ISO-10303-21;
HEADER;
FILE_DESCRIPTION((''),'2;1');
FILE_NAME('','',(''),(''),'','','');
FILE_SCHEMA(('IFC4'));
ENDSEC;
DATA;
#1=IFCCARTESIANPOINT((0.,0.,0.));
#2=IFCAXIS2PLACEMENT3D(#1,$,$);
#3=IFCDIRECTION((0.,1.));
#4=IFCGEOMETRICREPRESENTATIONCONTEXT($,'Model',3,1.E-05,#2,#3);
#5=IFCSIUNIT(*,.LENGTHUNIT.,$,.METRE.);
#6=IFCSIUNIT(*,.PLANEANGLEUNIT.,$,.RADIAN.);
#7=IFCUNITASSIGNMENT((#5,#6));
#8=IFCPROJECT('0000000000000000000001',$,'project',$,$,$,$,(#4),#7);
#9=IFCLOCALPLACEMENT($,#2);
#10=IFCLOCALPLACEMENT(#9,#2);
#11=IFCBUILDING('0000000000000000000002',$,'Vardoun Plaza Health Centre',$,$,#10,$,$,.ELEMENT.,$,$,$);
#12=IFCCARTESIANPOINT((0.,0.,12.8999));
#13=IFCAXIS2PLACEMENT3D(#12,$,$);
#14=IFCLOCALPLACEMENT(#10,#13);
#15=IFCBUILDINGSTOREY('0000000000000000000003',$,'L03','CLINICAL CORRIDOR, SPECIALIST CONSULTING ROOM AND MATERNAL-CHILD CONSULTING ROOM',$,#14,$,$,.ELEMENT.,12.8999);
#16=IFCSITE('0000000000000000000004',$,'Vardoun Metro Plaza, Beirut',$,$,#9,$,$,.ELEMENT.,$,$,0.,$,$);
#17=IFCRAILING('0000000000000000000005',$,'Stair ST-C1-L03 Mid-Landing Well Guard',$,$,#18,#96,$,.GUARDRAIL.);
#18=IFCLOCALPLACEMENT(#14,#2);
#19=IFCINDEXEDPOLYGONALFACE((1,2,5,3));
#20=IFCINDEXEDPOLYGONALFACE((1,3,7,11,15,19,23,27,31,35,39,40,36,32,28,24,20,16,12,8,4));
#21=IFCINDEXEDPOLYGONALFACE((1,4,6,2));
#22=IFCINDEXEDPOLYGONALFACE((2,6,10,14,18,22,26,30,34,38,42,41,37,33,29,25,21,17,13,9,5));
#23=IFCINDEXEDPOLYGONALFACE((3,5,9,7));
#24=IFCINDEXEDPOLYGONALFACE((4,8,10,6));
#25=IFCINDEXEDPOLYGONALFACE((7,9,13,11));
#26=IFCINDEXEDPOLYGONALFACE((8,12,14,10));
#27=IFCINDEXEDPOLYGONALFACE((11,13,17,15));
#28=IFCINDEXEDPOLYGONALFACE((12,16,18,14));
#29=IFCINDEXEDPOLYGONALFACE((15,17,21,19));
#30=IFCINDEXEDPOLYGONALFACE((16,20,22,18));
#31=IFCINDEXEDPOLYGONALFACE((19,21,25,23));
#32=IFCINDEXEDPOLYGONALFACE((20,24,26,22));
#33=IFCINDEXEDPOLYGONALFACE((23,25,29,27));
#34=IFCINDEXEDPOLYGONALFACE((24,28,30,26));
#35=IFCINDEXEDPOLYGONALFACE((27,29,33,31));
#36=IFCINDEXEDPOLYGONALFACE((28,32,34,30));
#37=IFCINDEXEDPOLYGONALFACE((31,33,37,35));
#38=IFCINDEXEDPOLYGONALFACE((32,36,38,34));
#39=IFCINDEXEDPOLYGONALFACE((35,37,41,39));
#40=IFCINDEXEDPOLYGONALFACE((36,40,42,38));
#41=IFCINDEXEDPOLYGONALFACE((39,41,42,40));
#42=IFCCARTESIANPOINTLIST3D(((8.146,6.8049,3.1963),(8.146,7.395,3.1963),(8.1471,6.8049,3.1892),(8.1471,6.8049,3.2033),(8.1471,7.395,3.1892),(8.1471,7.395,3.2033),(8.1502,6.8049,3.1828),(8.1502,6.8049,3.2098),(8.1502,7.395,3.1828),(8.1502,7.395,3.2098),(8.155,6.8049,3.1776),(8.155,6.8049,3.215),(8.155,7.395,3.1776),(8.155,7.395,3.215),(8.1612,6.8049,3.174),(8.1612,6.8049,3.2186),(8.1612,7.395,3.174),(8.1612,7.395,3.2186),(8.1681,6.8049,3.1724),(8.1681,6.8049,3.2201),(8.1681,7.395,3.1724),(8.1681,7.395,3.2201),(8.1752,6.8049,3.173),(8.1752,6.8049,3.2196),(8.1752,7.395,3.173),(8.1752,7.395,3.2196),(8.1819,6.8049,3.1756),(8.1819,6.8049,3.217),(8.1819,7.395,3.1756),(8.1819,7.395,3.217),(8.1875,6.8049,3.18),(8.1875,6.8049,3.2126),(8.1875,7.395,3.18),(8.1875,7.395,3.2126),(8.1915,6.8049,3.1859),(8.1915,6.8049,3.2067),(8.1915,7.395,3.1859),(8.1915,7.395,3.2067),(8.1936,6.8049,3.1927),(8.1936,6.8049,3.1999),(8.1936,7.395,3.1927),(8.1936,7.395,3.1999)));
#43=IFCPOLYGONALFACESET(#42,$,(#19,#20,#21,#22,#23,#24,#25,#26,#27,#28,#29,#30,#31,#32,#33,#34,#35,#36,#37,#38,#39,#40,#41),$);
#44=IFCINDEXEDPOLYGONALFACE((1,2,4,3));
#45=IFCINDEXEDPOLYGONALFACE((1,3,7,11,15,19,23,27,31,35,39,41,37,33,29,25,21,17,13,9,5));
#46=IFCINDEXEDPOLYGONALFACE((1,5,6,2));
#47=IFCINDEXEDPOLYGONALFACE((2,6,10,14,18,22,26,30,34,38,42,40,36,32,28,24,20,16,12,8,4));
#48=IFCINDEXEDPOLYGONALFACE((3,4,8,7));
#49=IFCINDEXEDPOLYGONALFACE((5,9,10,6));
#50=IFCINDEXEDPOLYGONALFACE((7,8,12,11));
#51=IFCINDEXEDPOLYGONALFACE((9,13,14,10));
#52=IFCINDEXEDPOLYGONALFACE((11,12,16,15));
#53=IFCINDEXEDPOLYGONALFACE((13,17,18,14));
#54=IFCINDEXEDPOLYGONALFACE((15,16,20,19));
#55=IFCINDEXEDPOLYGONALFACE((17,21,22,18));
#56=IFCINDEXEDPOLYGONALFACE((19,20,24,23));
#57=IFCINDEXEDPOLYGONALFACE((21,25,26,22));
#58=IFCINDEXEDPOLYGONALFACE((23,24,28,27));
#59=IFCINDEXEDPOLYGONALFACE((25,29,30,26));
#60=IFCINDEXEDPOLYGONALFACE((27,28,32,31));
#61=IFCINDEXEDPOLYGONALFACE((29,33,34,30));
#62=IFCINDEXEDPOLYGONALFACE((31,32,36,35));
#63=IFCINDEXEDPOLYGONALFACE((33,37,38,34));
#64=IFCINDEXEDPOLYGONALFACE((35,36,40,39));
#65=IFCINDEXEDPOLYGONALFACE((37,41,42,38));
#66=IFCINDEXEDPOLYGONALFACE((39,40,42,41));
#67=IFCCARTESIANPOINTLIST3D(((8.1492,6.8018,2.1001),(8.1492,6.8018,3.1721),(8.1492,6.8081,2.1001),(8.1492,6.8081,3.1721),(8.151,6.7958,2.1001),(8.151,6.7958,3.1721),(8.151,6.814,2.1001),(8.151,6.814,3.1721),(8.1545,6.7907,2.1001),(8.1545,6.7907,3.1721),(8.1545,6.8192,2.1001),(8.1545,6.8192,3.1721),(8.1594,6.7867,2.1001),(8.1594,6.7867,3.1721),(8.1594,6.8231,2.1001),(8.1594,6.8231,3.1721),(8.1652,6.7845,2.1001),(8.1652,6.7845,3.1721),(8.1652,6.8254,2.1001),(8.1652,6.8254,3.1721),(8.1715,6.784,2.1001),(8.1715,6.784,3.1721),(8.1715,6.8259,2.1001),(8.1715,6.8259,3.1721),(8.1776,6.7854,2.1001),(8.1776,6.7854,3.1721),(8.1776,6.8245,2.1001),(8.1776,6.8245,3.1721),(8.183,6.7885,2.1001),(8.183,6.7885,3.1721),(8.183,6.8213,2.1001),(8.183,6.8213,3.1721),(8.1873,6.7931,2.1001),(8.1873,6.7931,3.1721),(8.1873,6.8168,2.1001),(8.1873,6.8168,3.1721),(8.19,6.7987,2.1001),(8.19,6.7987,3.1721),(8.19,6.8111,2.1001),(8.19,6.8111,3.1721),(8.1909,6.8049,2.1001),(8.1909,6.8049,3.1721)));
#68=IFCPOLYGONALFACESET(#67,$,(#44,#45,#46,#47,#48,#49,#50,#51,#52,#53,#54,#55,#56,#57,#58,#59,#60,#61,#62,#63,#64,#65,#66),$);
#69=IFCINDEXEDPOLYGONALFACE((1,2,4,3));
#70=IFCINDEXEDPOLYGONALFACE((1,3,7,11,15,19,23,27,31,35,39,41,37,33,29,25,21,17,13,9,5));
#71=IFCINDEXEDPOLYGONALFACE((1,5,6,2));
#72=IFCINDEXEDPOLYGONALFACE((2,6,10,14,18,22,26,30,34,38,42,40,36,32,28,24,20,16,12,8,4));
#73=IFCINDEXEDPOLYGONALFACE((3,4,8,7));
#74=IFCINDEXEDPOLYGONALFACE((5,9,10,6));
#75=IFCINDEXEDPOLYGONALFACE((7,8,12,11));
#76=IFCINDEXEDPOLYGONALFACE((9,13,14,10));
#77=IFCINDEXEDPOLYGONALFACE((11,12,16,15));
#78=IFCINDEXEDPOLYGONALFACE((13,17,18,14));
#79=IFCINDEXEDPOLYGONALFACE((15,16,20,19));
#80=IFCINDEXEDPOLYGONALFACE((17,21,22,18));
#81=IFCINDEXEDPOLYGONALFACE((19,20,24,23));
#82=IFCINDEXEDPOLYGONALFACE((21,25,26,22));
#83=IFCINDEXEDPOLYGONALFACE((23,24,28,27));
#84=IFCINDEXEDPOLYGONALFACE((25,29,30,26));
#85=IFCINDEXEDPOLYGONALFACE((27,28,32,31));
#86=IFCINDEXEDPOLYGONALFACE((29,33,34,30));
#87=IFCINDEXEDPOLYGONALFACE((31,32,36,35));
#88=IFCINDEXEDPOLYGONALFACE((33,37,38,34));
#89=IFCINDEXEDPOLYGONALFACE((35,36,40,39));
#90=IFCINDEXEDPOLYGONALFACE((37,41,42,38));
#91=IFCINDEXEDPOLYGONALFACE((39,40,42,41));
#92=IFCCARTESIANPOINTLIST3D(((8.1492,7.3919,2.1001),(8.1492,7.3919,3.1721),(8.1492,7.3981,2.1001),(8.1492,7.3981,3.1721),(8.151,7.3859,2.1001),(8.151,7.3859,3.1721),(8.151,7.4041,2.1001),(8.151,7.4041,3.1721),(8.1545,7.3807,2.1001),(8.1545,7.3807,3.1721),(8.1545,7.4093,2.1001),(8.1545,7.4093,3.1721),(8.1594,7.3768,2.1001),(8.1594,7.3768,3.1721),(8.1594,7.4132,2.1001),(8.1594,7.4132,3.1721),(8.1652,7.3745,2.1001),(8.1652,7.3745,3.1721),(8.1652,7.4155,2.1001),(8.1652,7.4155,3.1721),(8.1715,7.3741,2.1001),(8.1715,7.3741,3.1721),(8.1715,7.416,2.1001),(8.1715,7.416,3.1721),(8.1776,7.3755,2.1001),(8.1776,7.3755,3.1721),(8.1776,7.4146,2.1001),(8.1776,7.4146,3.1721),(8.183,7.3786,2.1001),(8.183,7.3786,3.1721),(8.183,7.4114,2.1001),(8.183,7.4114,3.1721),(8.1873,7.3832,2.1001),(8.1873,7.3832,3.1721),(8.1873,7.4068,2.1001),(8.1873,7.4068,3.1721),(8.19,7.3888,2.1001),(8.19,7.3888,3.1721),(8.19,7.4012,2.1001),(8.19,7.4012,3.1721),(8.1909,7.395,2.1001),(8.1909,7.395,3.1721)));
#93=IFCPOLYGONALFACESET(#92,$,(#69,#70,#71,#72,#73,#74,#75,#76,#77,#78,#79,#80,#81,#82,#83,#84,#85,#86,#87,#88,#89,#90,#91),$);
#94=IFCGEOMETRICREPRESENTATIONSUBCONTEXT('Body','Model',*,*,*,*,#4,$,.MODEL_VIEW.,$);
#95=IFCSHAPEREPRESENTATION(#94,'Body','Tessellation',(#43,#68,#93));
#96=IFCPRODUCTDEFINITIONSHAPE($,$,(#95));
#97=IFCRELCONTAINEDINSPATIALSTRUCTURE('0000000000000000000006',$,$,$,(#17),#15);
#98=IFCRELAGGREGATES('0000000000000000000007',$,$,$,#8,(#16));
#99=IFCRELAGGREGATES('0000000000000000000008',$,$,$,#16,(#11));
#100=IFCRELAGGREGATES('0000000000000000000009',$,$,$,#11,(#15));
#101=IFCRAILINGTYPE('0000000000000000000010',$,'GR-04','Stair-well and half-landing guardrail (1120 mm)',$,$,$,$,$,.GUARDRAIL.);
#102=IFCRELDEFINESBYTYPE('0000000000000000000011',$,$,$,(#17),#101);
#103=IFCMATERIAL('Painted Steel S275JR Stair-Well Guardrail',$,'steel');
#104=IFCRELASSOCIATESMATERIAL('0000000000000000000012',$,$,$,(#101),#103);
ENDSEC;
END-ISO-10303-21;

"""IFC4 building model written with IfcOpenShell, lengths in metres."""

from ifc_helpers import new_model, si_unit, direction, frame, origin, origin_2d, place, context, subcontext, project, spatial, circle, extrude, material, type_object, element, save


model = new_model("IFC4")

# Units and contexts
model_context = context("Model", 3, precision=1e-05, world=origin(), true_north=direction((0.0, 1.0)))
body_context = subcontext(model_context, "Body", "Model", "MODEL_VIEW")
ifc_project = project(units=[si_unit("LENGTHUNIT", "METRE"), si_unit("PLANEANGLEUNIT", "RADIAN")], contexts=[model_context])

# Site, building, storey
site_placement = place(None, origin())
site = spatial("IfcSite", under=ifc_project, at=site_placement, Name="Vardoun Metro Plaza, Beirut", CompositionType="ELEMENT", RefElevation=0.0)
building_placement = place(site_placement, origin())
building = spatial("IfcBuilding", under=site, at=building_placement, Name="Vardoun Plaza Health Centre", CompositionType="ELEMENT")
storey_placement = place(building_placement, frame((0.0, 0.0, 12.8999)))
storey = spatial("IfcBuildingStorey", under=building, at=storey_placement, Name="L03", Description="CLINICAL CORRIDOR, SPECIALIST CONSULTING ROOM AND MATERNAL-CHILD CONSULTING ROOM", CompositionType="ELEMENT", Elevation=12.8999)

# Railing
ifc_material_1 = material(Name="Painted Steel S275JR Stair-Well Guardrail", Category="steel")
railing_type_1 = type_object("IfcRailingType", Name="GR-04", Description="Stair-well and half-landing guardrail (1120 mm)", PredefinedType="GUARDRAIL", material=ifc_material_1)
railing_1_placement = place(storey_placement, frame((8.1699, 6.8049, 2.1001)))
element("IfcRailing", 1, at=railing_1_placement, inside=storey, type_object=railing_type_1, Name="Stair ST-C1-L03 Mid-Landing Well Guard", PredefinedType="GUARDRAIL", context=body_context, shape_type="SweptSolid", body=[
    extrude(circle(Radius=0.0239, at=origin_2d()), frame((0.0, 0.0, 1.0962), z_axis=(0.0, 1.0, 0.0), x_axis=(-1.0, 0.0, 0.0)), (0.0, 0.0, 1.0), 0.5901),
    extrude(circle(Radius=0.021, at=origin_2d()), origin(), (0.0, 0.0, 1.0), 1.072),
    extrude(circle(Radius=0.021, at=origin_2d()), frame((0.0, 0.5901, 0.0)), (0.0, 0.0, 1.0), 1.072),
])

save(model, "model.ifc")
